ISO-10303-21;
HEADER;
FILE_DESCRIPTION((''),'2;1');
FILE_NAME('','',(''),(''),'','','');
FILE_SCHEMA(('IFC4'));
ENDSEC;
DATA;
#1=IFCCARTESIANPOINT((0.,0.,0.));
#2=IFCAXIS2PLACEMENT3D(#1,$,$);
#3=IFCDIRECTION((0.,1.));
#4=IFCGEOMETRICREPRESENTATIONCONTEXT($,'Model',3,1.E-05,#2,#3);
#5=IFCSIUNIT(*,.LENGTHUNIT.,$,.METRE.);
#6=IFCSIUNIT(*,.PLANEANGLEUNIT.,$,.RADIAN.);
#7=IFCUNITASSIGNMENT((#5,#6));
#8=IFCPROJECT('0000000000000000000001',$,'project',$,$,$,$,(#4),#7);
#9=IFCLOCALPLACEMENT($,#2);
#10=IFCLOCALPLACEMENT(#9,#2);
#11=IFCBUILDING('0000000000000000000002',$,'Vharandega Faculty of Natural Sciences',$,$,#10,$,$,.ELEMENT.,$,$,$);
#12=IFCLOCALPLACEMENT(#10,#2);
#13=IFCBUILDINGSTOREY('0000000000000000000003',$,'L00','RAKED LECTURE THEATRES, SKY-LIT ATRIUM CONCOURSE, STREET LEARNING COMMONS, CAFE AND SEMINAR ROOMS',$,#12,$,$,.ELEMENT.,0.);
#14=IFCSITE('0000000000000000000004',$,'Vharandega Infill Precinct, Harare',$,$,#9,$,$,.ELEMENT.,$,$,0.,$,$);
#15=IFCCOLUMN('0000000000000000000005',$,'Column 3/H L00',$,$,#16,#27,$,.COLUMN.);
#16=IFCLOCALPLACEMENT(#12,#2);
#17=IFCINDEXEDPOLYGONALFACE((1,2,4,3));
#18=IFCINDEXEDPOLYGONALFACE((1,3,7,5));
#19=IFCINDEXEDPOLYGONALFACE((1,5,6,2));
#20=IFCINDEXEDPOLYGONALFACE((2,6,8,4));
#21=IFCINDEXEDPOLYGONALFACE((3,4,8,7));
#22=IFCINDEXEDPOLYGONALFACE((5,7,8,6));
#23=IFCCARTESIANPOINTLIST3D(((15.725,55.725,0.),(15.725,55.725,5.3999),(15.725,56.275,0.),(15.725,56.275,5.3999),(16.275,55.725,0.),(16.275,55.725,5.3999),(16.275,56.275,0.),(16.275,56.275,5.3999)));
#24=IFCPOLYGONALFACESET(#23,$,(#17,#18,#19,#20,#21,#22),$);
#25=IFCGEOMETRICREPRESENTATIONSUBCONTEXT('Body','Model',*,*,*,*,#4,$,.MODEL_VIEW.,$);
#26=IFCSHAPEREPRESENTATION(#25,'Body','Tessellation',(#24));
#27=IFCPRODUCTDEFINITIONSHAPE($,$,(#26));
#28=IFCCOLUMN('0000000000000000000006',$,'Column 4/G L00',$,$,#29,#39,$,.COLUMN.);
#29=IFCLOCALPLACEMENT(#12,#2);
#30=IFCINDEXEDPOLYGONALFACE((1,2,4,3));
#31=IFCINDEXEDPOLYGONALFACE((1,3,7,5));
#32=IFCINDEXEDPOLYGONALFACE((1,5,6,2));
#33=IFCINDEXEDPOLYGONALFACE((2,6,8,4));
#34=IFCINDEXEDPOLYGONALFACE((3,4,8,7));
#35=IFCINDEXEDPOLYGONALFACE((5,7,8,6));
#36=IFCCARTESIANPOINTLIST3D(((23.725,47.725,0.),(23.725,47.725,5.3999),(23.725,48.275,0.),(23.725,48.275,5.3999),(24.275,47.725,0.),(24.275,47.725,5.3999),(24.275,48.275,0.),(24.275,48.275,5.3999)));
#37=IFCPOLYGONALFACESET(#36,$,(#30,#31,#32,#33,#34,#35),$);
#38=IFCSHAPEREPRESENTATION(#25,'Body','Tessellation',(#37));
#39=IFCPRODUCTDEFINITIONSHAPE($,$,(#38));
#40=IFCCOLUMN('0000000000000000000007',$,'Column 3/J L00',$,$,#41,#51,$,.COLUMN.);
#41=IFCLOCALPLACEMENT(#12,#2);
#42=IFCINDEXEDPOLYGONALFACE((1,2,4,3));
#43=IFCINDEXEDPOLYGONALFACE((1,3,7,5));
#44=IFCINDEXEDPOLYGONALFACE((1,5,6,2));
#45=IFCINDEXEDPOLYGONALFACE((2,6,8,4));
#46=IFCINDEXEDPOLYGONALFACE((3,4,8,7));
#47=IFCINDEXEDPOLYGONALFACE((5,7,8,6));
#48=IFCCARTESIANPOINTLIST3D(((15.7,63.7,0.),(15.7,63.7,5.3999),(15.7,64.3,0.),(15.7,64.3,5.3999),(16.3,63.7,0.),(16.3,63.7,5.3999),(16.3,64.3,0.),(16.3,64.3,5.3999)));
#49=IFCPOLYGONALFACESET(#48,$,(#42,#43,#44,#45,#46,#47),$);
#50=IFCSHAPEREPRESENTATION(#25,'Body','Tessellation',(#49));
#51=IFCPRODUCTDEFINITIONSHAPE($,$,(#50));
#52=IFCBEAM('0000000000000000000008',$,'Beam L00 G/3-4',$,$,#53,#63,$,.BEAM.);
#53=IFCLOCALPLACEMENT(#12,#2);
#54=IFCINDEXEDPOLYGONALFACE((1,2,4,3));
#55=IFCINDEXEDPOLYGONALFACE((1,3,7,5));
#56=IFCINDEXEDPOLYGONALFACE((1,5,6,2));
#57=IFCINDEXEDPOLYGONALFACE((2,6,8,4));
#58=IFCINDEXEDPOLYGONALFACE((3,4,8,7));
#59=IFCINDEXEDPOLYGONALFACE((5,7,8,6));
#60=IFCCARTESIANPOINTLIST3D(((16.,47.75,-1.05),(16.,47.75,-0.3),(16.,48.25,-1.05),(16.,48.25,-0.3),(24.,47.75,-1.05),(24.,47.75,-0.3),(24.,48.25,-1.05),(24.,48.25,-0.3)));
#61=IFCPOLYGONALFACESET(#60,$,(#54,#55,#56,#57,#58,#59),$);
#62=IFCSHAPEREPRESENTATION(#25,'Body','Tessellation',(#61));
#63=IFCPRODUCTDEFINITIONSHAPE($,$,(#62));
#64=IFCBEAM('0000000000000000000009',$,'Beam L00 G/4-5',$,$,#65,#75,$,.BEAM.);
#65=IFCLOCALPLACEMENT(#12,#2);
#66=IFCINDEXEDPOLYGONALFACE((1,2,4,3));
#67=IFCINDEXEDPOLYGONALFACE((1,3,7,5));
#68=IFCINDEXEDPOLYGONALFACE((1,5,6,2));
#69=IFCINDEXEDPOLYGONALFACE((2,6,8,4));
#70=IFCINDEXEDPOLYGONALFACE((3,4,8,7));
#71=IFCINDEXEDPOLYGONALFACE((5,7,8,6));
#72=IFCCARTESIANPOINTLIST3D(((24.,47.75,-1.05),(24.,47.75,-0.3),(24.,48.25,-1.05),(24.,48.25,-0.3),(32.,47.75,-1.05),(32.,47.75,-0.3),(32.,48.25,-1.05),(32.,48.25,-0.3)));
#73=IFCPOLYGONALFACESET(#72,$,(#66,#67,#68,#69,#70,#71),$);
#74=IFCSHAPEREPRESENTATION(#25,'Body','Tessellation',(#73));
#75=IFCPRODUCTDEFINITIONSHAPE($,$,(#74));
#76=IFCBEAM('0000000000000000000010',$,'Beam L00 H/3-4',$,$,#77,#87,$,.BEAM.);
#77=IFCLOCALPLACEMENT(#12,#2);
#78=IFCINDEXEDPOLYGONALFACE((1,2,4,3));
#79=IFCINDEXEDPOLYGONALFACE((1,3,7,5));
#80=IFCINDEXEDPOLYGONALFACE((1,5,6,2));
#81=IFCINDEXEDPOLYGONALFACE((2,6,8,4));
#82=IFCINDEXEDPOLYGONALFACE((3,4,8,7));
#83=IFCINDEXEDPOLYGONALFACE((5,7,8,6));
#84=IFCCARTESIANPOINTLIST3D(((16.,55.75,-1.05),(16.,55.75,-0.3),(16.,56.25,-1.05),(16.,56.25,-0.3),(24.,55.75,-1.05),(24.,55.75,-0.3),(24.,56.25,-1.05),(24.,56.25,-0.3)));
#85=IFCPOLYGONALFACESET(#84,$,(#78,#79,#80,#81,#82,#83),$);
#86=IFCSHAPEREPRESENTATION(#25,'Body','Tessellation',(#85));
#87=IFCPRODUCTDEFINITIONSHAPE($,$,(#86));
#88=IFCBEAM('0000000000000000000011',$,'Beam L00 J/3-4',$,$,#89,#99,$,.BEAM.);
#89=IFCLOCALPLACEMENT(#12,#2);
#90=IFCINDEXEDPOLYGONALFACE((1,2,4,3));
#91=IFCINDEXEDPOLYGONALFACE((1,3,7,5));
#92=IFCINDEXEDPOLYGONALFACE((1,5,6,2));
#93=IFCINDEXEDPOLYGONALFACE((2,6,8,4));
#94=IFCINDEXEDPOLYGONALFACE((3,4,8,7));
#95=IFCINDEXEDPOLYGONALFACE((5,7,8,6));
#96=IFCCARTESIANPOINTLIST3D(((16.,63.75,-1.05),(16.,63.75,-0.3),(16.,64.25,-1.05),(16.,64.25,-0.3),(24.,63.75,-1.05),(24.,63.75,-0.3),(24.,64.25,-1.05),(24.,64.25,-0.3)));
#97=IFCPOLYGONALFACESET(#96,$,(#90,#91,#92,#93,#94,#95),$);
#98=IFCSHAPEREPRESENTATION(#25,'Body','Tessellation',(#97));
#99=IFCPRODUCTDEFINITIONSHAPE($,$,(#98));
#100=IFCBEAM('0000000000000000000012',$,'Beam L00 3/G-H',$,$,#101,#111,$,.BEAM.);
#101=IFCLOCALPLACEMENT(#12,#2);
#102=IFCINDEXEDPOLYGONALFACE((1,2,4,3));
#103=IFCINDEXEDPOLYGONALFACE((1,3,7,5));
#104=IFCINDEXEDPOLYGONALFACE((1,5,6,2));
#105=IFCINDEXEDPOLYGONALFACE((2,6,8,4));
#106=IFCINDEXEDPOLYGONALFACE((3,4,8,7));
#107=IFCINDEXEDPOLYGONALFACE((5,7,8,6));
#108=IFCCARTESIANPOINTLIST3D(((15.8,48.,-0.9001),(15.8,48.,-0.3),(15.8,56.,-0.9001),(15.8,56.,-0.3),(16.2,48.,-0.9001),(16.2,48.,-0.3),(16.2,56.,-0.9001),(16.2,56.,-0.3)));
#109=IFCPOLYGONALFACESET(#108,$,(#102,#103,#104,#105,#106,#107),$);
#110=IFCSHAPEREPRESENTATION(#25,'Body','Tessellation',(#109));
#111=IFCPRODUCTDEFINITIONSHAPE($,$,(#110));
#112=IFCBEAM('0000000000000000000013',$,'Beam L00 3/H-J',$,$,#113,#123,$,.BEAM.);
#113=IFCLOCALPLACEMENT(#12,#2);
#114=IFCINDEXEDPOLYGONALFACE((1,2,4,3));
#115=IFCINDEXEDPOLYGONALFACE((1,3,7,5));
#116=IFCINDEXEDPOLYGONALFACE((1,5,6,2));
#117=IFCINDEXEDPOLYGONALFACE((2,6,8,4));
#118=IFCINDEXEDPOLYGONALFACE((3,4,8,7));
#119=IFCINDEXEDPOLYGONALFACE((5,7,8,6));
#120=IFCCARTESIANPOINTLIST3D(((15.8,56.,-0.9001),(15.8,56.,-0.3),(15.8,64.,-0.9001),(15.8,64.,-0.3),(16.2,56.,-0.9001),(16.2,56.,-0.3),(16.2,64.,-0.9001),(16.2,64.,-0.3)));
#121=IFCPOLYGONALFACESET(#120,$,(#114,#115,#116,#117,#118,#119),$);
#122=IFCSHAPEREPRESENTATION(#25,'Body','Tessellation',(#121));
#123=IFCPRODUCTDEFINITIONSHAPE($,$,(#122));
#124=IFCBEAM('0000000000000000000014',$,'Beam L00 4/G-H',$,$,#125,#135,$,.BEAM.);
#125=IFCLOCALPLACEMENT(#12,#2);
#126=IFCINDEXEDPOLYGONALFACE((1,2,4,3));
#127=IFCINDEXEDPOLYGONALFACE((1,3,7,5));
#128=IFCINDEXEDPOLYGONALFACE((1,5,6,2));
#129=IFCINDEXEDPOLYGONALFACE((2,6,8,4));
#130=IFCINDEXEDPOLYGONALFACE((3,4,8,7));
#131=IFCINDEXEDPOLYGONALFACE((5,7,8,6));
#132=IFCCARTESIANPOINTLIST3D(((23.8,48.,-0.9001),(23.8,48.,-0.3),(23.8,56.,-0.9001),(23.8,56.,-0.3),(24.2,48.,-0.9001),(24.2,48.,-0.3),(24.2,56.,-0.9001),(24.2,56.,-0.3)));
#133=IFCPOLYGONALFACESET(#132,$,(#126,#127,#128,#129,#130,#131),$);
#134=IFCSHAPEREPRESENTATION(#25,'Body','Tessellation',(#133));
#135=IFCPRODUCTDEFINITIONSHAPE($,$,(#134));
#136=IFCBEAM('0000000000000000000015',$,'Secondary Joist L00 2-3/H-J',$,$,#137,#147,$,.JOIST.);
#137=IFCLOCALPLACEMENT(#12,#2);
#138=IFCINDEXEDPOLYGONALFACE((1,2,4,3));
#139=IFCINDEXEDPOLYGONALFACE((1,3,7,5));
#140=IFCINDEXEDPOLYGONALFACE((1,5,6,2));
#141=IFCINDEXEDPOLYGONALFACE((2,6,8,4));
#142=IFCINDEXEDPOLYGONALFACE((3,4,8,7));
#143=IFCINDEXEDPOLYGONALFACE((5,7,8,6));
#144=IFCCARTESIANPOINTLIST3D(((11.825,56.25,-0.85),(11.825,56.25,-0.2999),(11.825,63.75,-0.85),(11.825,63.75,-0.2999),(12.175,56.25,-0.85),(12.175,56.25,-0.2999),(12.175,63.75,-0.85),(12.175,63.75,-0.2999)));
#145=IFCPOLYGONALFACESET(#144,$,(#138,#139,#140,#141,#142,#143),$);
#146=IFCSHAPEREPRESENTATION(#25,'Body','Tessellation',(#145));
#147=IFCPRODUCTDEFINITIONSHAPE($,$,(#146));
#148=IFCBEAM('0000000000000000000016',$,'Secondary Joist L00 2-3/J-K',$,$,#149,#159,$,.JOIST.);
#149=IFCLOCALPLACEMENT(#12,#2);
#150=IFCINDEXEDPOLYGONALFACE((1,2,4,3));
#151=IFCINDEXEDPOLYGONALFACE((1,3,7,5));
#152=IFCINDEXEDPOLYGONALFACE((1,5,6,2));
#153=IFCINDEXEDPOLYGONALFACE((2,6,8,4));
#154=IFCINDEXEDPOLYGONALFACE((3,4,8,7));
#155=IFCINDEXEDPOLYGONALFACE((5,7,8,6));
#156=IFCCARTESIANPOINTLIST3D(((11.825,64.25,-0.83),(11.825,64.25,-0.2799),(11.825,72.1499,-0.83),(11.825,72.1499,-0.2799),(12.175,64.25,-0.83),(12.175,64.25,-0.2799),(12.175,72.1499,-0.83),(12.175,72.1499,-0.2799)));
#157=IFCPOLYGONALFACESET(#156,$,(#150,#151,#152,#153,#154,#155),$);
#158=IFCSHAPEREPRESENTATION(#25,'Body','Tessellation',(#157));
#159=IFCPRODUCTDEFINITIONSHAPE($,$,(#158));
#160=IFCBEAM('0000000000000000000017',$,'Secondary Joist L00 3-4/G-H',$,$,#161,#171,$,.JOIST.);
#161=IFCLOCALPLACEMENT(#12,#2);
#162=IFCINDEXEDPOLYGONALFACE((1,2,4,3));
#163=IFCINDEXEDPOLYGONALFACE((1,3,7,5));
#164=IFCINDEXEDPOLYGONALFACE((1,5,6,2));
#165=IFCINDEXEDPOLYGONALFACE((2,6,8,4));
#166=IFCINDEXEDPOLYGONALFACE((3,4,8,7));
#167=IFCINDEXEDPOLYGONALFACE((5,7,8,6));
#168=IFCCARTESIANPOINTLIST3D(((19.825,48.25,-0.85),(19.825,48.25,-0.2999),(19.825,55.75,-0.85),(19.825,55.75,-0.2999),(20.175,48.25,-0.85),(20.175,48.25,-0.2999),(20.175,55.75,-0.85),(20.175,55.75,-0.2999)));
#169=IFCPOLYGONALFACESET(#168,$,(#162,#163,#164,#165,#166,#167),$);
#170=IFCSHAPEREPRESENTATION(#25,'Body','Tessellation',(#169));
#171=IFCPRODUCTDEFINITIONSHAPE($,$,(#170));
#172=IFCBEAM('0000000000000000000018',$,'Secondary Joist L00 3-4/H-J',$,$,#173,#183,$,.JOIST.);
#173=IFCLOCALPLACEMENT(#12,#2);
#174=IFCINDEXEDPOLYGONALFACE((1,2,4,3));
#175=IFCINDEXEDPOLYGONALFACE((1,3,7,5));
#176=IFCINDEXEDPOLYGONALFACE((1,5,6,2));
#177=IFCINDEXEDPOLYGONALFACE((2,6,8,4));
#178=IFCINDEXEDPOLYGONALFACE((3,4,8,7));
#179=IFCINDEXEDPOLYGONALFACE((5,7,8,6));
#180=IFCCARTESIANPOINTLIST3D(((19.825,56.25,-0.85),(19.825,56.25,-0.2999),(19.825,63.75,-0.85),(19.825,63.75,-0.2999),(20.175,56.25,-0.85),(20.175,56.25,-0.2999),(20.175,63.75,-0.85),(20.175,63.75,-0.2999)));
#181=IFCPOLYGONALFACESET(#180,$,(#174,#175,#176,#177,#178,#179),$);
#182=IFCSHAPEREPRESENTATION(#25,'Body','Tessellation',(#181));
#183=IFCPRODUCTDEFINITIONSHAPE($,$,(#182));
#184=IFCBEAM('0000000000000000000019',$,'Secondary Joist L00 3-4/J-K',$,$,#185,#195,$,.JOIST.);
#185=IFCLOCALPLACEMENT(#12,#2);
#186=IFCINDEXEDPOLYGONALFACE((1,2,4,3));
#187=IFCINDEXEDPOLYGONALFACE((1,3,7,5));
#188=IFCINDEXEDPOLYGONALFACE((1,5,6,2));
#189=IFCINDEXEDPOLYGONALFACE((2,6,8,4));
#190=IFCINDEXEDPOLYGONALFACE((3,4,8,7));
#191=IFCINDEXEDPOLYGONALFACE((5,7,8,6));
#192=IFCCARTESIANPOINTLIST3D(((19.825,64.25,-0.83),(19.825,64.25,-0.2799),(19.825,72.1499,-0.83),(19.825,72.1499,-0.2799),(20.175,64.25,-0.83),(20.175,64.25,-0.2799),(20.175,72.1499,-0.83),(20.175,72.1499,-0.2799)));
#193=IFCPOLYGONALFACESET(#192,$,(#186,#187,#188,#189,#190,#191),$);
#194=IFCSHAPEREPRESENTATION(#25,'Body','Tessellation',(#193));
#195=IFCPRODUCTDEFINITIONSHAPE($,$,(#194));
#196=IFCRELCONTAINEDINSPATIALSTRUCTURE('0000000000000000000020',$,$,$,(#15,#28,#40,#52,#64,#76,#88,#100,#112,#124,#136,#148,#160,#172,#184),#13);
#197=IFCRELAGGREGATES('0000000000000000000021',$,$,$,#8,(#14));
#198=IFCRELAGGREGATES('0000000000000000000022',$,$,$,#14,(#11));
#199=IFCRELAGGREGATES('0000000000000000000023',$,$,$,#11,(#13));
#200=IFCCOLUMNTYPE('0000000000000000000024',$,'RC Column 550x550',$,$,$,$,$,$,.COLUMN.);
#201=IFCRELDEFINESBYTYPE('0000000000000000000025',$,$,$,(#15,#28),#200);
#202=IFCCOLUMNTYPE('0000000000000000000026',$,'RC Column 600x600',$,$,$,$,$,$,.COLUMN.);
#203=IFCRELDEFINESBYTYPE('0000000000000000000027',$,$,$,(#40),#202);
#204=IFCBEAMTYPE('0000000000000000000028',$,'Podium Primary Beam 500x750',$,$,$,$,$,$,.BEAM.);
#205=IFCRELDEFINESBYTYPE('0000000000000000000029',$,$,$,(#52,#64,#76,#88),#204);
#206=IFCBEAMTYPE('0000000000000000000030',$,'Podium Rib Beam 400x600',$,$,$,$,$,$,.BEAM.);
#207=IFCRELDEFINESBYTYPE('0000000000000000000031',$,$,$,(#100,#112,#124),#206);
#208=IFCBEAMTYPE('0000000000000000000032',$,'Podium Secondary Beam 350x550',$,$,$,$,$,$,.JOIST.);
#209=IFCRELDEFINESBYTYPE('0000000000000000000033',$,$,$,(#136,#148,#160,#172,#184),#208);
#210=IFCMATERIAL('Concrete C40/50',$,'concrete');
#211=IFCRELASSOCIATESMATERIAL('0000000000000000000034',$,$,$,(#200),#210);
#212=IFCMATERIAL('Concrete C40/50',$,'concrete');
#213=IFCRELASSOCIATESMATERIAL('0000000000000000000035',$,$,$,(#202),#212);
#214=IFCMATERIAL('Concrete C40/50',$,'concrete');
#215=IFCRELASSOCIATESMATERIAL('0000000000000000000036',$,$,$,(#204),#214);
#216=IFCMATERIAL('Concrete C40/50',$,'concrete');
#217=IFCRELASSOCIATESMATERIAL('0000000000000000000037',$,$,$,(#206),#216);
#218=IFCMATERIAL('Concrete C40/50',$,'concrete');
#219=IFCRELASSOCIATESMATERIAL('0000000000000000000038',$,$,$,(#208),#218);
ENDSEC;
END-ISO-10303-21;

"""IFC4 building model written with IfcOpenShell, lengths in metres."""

from ifc_helpers import new_model, si_unit, direction, frame, origin, origin_2d, place, context, subcontext, project, spatial, rectangle, extrude, material, material_profile, profile_set, type_object, element, save


model = new_model("IFC4")

# Units and contexts
model_context = context("Model", 3, precision=1e-05, world=origin(), true_north=direction((0.0, 1.0)))
body_context = subcontext(model_context, "Body", "Model", "MODEL_VIEW")
ifc_project = project(units=[si_unit("LENGTHUNIT", "METRE"), si_unit("PLANEANGLEUNIT", "RADIAN")], contexts=[model_context])

# Site, building, storey
site_placement = place(None, origin())
site = spatial("IfcSite", under=ifc_project, at=site_placement, Name="Vharandega Infill Precinct, Harare", CompositionType="ELEMENT", RefElevation=0.0)
building_placement = place(site_placement, origin())
building = spatial("IfcBuilding", under=site, at=building_placement, Name="Vharandega Faculty of Natural Sciences", CompositionType="ELEMENT")
storey_placement = place(building_placement, origin())
storey = spatial("IfcBuildingStorey", under=building, at=storey_placement, Name="L00", Description="RAKED LECTURE THEATRES, SKY-LIT ATRIUM CONCOURSE, STREET LEARNING COMMONS, CAFE AND SEMINAR ROOMS", CompositionType="ELEMENT", Elevation=0.0)

# Columns
ifc_material_1 = material(Name="Concrete C40/50", Category="concrete")
ifc_material_profile_1 = material_profile(ifc_material_1, rectangle(XDim=0.55, YDim=0.55, at=origin_2d()), Name="RC 550x550")
ifc_profile_set_1 = profile_set([ifc_material_profile_1], Name="Concrete C40/50")
column_type_1 = type_object("IfcColumnType", Name="RC Column 550x550", PredefinedType="COLUMN", material=ifc_profile_set_1)
for number, where, z_axis, x_axis, name in (
    (1, (16.0, 56.0, 0.0), (0.0, 0.0, 1.0), (1.0, 0.0, 0.0), "Column 3/H L00"),
    (2, (24.0, 48.0, 0.0), (0.0, 0.0, 1.0), (1.0, 0.0, 0.0), "Column 4/G L00"),
):
    element("IfcColumn", number, at=place(storey_placement, frame(where, z_axis=z_axis, x_axis=x_axis)), inside=storey, type_object=column_type_1, Name=name, PredefinedType="COLUMN", context=body_context, shape_type="SweptSolid", body=[
        extrude(rectangle(XDim=0.55, YDim=0.55, at=origin_2d()), origin(), (0.0, 0.0, 1.0), 5.3999),
    ])
ifc_material_2 = material(Name="Concrete C40/50", Category="concrete")
ifc_material_profile_2 = material_profile(ifc_material_2, rectangle(XDim=0.6001, YDim=0.6001, at=origin_2d()), Name="RC 600x600")
ifc_profile_set_2 = profile_set([ifc_material_profile_2], Name="Concrete C40/50")
column_type_2 = type_object("IfcColumnType", Name="RC Column 600x600", PredefinedType="COLUMN", material=ifc_profile_set_2)
column_placement = place(storey_placement, frame((16.0, 64.0, 0.0), z_axis=(0.0, 0.0, 1.0), x_axis=(1.0, 0.0, 0.0)))
element("IfcColumn", 3, at=column_placement, inside=storey, type_object=column_type_2, Name="Column 3/J L00", PredefinedType="COLUMN", context=body_context, shape_type="SweptSolid", body=[
    extrude(rectangle(XDim=0.6001, YDim=0.6001, at=origin_2d()), origin(), (0.0, 0.0, 1.0), 5.3999),
])

# Beams
ifc_material_3 = material(Name="Concrete C40/50", Category="concrete")
ifc_material_profile_3 = material_profile(ifc_material_3, rectangle(XDim=0.5, YDim=0.75, at=origin_2d()), Name="RC 500x750")
ifc_profile_set_3 = profile_set([ifc_material_profile_3], Name="Concrete C40/50")
beam_type_1 = type_object("IfcBeamType", Name="Podium Primary Beam 500x750", PredefinedType="BEAM", material=ifc_profile_set_3)
for number, where, z_axis, x_axis, name in (
    (4, (16.0, 48.0, -0.675), (1.0, 0.0, 0.0), (0.0, 1.0, 0.0), "Beam L00 G/3-4"),
    (5, (24.0, 48.0, -0.675), (1.0, 0.0, 0.0), (0.0, 1.0, 0.0), "Beam L00 G/4-5"),
    (6, (16.0, 56.0, -0.675), (1.0, 0.0, 0.0), (0.0, 1.0, 0.0), "Beam L00 H/3-4"),
    (7, (16.0, 64.0, -0.675), (1.0, 0.0, 0.0), (0.0, 1.0, 0.0), "Beam L00 J/3-4"),
):
    element("IfcBeam", number, at=place(storey_placement, frame(where, z_axis=z_axis, x_axis=x_axis)), inside=storey, type_object=beam_type_1, Name=name, PredefinedType="BEAM", context=body_context, shape_type="SweptSolid", body=[
        extrude(rectangle(XDim=0.5, YDim=0.75, at=origin_2d()), origin(), (0.0, 0.0, 1.0), 8.0),
    ])
ifc_material_4 = material(Name="Concrete C40/50", Category="concrete")
ifc_material_profile_4 = material_profile(ifc_material_4, rectangle(XDim=0.3999, YDim=0.6001, at=origin_2d()), Name="RC 400x600")
ifc_profile_set_4 = profile_set([ifc_material_profile_4], Name="Concrete C40/50")
beam_type_2 = type_object("IfcBeamType", Name="Podium Rib Beam 400x600", PredefinedType="BEAM", material=ifc_profile_set_4)
for number, where, z_axis, x_axis, name in (
    (8, (16.0, 48.0, -0.6001), (0.0, 1.0, 0.0), (-1.0, 0.0, 0.0), "Beam L00 3/G-H"),
    (9, (16.0, 56.0, -0.6001), (0.0, 1.0, 0.0), (-1.0, 0.0, 0.0), "Beam L00 3/H-J"),
    (10, (24.0, 48.0, -0.6001), (0.0, 1.0, 0.0), (-1.0, 0.0, 0.0), "Beam L00 4/G-H"),
):
    element("IfcBeam", number, at=place(storey_placement, frame(where, z_axis=z_axis, x_axis=x_axis)), inside=storey, type_object=beam_type_2, Name=name, PredefinedType="BEAM", context=body_context, shape_type="SweptSolid", body=[
        extrude(rectangle(XDim=0.3999, YDim=0.6001, at=origin_2d()), origin(), (0.0, 0.0, 1.0), 8.0),
    ])
ifc_material_5 = material(Name="Concrete C40/50", Category="concrete")
ifc_material_profile_5 = material_profile(ifc_material_5, rectangle(XDim=0.3501, YDim=0.55, at=origin_2d()), Name="RC 350x550")
ifc_profile_set_5 = profile_set([ifc_material_profile_5], Name="Concrete C40/50")
beam_type_3 = type_object("IfcBeamType", Name="Podium Secondary Beam 350x550", PredefinedType="JOIST", material=ifc_profile_set_5)
beam_1_placement = place(storey_placement, frame((12.0, 56.25, -0.575), z_axis=(0.0, 1.0, 0.0), x_axis=(-1.0, 0.0, 0.0)))
element("IfcBeam", 11, at=beam_1_placement, inside=storey, type_object=beam_type_3, Name="Secondary Joist L00 2-3/H-J", PredefinedType="JOIST", context=body_context, shape_type="SweptSolid", body=[
    extrude(rectangle(XDim=0.3501, YDim=0.55, at=origin_2d()), origin(), (0.0, 0.0, 1.0), 7.5),
])
beam_2_placement = place(storey_placement, frame((12.0, 64.25, -0.5549), z_axis=(0.0, 1.0, 0.0), x_axis=(-1.0, 0.0, 0.0)))
element("IfcBeam", 12, at=beam_2_placement, inside=storey, type_object=beam_type_3, Name="Secondary Joist L00 2-3/J-K", PredefinedType="JOIST", context=body_context, shape_type="SweptSolid", body=[
    extrude(rectangle(XDim=0.3501, YDim=0.55, at=origin_2d()), origin(), (0.0, 0.0, 1.0), 7.8999),
])
for number, where, z_axis, x_axis, name in (
    (13, (20.0, 48.25, -0.575), (0.0, 1.0, 0.0), (-1.0, 0.0, 0.0), "Secondary Joist L00 3-4/G-H"),
    (14, (20.0, 56.25, -0.575), (0.0, 1.0, 0.0), (-1.0, 0.0, 0.0), "Secondary Joist L00 3-4/H-J"),
):
    element("IfcBeam", number, at=place(storey_placement, frame(where, z_axis=z_axis, x_axis=x_axis)), inside=storey, type_object=beam_type_3, Name=name, PredefinedType="JOIST", context=body_context, shape_type="SweptSolid", body=[
        extrude(rectangle(XDim=0.3501, YDim=0.55, at=origin_2d()), origin(), (0.0, 0.0, 1.0), 7.5),
    ])
beam_3_placement = place(storey_placement, frame((20.0, 64.25, -0.5549), z_axis=(0.0, 1.0, 0.0), x_axis=(-1.0, 0.0, 0.0)))
element("IfcBeam", 15, at=beam_3_placement, inside=storey, type_object=beam_type_3, Name="Secondary Joist L00 3-4/J-K", PredefinedType="JOIST", context=body_context, shape_type="SweptSolid", body=[
    extrude(rectangle(XDim=0.3501, YDim=0.55, at=origin_2d()), origin(), (0.0, 0.0, 1.0), 7.8999),
])

save(model, "model.ifc")
